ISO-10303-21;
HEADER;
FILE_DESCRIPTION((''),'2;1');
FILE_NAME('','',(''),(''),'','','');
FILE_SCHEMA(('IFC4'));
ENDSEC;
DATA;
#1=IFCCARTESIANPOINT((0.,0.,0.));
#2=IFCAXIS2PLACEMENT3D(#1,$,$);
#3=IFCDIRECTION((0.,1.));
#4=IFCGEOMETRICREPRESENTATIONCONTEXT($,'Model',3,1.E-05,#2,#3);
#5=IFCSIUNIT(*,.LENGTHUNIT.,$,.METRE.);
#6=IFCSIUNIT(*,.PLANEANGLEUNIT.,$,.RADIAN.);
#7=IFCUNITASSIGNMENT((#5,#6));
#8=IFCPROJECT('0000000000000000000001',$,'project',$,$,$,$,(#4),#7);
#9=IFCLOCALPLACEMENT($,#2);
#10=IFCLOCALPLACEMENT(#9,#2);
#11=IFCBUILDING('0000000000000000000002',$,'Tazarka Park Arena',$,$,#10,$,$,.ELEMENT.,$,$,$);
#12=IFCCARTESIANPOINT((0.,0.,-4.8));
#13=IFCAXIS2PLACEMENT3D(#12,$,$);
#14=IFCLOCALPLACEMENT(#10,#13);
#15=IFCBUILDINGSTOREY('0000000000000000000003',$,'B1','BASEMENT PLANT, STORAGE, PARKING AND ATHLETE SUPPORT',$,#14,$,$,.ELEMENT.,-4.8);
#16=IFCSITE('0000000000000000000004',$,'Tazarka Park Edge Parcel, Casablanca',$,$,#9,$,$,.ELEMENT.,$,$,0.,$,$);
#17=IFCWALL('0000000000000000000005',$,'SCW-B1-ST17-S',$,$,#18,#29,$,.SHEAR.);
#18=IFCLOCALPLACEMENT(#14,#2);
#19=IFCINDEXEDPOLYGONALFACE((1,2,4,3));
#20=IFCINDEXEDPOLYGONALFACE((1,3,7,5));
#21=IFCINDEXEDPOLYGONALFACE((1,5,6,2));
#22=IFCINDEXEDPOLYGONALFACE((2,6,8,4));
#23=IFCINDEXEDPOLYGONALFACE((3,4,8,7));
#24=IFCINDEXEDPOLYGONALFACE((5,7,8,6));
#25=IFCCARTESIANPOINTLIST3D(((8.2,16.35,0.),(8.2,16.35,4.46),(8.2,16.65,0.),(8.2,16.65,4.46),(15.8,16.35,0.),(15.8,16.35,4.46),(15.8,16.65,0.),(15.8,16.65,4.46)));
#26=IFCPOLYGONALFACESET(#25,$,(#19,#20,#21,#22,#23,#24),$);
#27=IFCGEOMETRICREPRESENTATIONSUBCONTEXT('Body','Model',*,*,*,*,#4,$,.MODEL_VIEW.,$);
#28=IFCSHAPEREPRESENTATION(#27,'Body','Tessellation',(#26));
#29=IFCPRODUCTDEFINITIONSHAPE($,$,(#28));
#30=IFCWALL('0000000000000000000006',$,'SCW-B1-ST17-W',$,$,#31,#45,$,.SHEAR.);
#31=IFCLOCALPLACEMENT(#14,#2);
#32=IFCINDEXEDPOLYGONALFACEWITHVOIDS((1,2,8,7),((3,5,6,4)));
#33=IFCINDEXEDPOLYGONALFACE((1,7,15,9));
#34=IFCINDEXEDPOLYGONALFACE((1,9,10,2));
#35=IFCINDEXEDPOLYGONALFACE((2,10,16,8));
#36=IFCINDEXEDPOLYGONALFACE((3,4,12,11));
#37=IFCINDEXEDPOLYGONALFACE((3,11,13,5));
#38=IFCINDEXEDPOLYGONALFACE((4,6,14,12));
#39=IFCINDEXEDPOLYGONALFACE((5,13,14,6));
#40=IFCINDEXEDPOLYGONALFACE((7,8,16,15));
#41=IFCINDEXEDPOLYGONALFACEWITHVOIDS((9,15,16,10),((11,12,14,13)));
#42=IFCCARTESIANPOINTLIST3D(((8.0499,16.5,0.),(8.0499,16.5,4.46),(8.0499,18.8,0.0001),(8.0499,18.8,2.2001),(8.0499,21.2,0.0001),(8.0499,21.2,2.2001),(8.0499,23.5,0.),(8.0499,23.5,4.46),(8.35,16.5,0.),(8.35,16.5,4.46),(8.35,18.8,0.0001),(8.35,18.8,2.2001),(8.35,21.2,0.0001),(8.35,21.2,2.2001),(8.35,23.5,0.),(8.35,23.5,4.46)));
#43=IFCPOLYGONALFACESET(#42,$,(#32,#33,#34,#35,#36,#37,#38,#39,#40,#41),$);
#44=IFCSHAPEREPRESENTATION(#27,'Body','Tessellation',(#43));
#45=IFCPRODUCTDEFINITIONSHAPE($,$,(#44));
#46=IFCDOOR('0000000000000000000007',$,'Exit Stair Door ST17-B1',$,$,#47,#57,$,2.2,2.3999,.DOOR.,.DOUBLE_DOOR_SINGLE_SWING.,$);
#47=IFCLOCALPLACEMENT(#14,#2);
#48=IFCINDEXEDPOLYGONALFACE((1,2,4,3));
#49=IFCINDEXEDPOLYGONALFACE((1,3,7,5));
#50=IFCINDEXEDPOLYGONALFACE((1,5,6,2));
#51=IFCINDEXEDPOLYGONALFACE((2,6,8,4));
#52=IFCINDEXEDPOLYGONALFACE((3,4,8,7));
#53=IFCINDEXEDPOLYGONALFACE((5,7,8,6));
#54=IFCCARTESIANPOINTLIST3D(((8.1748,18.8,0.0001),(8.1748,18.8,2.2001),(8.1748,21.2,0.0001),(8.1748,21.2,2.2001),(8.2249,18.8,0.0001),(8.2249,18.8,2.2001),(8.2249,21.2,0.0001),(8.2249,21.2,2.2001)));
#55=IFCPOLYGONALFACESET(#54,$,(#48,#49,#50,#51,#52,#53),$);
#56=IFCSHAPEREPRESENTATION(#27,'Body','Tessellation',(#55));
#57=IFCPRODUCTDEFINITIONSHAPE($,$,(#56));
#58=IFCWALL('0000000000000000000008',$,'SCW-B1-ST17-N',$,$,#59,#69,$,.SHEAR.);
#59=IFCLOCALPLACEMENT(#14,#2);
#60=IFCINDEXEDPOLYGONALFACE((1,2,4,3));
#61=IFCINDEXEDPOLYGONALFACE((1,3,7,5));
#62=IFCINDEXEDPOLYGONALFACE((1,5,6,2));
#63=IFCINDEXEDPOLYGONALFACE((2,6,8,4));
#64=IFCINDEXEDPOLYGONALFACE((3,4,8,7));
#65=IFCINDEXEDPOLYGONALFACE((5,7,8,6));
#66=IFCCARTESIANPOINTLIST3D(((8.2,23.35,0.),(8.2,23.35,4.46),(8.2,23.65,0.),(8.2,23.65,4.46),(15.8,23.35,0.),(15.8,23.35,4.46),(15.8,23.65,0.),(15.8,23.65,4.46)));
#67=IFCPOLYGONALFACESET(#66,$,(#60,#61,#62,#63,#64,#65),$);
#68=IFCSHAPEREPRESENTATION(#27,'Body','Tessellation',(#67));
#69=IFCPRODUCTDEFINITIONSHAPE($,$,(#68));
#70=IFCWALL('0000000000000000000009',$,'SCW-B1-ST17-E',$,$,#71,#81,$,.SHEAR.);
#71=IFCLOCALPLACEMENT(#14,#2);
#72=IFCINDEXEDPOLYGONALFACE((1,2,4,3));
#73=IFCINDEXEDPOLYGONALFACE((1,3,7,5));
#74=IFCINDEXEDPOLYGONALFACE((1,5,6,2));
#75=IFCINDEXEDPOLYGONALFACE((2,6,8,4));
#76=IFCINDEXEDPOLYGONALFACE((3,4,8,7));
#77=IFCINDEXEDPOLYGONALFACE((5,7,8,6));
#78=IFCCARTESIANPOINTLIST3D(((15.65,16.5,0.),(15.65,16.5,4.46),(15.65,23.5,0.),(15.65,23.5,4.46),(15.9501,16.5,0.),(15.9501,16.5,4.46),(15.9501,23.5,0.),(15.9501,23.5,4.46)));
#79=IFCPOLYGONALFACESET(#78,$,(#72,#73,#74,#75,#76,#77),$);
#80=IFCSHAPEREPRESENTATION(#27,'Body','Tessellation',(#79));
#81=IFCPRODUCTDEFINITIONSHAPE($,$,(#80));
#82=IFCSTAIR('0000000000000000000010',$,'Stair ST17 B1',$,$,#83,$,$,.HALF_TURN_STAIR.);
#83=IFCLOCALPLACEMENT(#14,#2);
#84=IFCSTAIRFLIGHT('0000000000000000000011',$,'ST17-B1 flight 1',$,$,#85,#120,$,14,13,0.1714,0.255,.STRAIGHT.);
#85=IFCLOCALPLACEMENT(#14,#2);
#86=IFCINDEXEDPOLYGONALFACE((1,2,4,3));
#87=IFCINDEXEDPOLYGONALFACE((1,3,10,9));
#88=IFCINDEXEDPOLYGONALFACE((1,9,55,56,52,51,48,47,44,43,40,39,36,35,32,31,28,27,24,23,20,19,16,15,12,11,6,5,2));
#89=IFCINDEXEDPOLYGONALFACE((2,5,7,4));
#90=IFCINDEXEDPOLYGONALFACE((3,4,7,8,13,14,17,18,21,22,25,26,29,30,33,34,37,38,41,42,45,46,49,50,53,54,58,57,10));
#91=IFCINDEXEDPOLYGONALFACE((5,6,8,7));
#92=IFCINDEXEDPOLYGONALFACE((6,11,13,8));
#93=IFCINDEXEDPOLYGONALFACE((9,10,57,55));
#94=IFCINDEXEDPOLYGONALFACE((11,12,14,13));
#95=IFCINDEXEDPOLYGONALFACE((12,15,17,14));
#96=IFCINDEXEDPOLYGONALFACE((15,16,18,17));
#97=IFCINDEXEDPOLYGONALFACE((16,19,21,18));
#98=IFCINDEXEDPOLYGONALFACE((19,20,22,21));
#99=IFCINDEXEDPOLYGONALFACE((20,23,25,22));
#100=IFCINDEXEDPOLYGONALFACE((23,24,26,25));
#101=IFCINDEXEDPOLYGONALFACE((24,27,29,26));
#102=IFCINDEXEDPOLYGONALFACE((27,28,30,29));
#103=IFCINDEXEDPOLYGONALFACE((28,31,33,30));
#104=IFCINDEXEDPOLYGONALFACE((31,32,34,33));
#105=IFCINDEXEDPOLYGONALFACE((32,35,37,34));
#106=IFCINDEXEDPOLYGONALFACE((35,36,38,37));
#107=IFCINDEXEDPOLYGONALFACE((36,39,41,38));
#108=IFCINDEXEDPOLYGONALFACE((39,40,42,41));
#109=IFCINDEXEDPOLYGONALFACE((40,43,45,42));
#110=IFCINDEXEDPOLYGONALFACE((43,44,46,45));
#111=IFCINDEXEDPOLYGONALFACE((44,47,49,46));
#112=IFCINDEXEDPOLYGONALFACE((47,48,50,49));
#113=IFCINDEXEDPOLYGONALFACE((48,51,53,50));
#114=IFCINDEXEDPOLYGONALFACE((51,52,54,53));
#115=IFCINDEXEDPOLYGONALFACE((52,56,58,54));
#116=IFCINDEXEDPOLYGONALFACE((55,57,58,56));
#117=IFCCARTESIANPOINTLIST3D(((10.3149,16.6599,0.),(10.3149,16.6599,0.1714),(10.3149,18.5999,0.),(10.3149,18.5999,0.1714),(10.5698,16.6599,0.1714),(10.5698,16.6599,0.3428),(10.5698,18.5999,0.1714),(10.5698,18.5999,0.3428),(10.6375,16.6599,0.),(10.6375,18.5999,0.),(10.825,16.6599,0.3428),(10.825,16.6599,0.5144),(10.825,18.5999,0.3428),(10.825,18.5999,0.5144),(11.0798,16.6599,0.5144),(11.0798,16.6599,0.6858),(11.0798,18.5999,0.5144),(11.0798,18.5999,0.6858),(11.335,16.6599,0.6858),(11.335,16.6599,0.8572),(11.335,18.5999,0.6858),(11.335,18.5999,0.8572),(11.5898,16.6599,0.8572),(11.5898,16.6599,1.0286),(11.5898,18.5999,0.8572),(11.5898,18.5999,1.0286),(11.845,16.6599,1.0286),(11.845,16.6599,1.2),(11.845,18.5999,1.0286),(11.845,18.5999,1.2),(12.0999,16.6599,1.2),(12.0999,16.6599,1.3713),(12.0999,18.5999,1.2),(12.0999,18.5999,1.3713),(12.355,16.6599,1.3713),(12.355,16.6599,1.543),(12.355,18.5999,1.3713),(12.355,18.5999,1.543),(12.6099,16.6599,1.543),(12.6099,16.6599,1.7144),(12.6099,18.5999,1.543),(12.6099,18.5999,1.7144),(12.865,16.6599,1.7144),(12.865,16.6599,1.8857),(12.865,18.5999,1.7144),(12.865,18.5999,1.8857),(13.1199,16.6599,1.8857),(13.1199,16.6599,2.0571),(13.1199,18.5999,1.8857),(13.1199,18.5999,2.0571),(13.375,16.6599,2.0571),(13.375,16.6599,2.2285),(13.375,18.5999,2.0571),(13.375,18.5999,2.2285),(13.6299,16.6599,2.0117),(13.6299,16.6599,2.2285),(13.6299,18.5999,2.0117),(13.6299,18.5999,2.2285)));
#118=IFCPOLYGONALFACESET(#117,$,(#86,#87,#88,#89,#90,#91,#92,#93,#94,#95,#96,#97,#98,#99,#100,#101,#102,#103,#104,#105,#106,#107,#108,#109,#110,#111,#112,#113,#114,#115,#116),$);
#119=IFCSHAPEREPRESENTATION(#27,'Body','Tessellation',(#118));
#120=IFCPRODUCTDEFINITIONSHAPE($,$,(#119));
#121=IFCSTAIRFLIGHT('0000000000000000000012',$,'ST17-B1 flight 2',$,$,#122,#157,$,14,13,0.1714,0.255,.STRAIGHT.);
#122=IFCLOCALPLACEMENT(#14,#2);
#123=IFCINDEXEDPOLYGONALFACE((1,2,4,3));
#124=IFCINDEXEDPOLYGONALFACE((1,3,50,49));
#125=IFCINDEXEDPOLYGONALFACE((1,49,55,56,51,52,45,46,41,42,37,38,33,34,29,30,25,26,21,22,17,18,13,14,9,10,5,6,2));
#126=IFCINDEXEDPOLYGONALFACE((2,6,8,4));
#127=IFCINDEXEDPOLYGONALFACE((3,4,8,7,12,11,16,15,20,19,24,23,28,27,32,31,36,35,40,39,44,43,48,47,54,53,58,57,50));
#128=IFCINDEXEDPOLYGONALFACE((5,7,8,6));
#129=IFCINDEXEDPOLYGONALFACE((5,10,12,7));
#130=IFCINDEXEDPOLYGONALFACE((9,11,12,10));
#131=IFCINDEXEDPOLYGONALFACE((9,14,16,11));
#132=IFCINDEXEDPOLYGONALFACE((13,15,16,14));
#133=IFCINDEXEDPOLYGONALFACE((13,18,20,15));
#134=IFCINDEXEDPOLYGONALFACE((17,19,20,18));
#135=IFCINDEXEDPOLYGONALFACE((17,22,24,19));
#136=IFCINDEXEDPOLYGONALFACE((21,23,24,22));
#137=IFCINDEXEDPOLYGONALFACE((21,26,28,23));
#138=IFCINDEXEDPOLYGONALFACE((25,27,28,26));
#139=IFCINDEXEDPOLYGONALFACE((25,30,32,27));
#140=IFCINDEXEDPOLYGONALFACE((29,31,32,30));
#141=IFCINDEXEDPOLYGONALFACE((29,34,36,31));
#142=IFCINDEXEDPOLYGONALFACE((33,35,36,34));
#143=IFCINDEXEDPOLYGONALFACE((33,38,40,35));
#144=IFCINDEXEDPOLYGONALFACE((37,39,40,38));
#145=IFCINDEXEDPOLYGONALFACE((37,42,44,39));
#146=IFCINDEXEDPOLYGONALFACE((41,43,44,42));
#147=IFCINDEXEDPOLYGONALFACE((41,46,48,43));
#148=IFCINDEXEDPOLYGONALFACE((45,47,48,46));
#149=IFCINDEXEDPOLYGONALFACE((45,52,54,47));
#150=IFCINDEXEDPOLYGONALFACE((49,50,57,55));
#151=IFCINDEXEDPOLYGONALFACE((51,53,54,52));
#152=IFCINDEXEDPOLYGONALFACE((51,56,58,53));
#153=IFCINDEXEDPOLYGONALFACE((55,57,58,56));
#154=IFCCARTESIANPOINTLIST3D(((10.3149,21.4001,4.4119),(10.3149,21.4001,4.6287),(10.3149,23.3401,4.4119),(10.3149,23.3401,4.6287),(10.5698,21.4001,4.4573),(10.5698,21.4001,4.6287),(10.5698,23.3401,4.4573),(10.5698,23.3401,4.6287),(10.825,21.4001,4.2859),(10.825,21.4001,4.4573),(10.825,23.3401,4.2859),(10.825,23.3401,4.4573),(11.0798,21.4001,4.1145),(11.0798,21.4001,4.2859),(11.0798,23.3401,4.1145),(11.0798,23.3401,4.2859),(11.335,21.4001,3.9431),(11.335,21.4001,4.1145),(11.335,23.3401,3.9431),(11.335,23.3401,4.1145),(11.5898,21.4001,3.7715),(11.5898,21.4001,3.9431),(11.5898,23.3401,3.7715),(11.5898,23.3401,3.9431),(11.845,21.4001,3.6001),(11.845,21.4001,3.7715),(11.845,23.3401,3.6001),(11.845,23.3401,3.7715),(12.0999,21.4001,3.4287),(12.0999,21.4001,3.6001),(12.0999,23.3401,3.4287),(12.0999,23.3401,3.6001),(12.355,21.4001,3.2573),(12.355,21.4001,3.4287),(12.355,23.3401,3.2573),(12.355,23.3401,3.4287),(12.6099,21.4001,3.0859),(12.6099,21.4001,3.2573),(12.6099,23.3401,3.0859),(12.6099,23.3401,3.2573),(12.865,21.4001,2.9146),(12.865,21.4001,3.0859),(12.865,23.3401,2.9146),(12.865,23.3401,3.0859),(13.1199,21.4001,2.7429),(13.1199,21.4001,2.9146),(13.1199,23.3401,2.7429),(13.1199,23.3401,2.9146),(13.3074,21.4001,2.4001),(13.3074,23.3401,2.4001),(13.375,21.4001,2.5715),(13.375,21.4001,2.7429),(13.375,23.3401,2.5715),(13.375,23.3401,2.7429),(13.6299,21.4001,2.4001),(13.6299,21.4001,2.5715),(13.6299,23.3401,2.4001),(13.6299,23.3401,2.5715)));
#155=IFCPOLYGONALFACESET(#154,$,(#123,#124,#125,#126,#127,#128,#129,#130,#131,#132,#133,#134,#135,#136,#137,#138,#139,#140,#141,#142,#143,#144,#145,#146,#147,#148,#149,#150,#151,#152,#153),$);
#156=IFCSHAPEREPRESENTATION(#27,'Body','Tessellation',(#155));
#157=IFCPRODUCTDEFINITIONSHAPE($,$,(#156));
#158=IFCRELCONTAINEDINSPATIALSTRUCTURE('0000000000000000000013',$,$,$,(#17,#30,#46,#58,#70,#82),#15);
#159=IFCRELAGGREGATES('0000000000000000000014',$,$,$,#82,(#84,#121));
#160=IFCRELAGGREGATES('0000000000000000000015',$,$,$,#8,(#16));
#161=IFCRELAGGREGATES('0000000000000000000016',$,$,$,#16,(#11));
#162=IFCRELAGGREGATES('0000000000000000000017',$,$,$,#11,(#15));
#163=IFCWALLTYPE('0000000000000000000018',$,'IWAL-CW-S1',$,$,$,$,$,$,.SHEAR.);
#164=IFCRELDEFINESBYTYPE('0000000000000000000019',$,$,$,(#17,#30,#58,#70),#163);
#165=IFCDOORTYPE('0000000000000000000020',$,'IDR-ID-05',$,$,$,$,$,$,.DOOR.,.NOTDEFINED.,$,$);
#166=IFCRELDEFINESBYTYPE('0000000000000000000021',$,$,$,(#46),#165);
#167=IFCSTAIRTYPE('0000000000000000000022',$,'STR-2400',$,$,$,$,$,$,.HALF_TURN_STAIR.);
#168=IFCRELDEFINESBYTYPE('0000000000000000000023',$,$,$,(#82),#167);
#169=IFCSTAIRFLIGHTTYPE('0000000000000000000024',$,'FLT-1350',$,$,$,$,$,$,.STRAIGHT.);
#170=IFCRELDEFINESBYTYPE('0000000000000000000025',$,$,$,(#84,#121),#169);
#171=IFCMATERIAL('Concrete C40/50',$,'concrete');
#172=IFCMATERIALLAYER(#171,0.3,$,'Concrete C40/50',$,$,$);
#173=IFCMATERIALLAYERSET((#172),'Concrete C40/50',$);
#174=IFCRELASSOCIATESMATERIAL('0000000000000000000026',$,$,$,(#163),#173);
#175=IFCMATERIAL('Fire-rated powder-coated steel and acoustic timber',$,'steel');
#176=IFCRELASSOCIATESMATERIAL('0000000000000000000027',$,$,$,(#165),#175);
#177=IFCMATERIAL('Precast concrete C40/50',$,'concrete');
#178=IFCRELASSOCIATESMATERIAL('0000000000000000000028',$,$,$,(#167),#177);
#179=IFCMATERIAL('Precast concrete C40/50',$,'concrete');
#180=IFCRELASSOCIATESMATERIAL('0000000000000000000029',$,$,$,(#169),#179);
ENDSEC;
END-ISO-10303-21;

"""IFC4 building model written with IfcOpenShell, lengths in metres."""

from ifc_helpers import new_model, si_unit, direction, frame, frame_2d, origin, place, context, subcontext, project, spatial, polyline, rectangle, outline, extrude, material, layer, layer_set, type_object, element, fill, aggregate, save


model = new_model("IFC4")

# Units and contexts
model_context = context("Model", 3, precision=1e-05, world=origin(), true_north=direction((0.0, 1.0)))
body_context = subcontext(model_context, "Body", "Model", "MODEL_VIEW")
ifc_project = project(units=[si_unit("LENGTHUNIT", "METRE"), si_unit("PLANEANGLEUNIT", "RADIAN")], contexts=[model_context])

# Site, building, storey
site_placement = place(None, origin())
site = spatial("IfcSite", under=ifc_project, at=site_placement, Name="Tazarka Park Edge Parcel, Casablanca", CompositionType="ELEMENT", RefElevation=0.0)
building_placement = place(site_placement, origin())
building = spatial("IfcBuilding", under=site, at=building_placement, Name="Tazarka Park Arena", CompositionType="ELEMENT")
storey_placement = place(building_placement, frame((0.0, 0.0, -4.8)))
storey = spatial("IfcBuildingStorey", under=building, at=storey_placement, Name="B1", Description="BASEMENT PLANT, STORAGE, PARKING AND ATHLETE SUPPORT", CompositionType="ELEMENT", Elevation=-4.8)

# Wall
ifc_material_1 = material(Name="Concrete C40/50", Category="concrete")
ifc_layer = layer(ifc_material_1, 0.3, Name="Concrete C40/50")
ifc_layer_set = layer_set([ifc_layer], Name="Concrete C40/50")
wall_type = type_object("IfcWallType", Name="IWAL-CW-S1", PredefinedType="SHEAR", material=ifc_layer_set)
wall_1_placement = place(storey_placement, frame((15.8, 16.5, 0.0), z_axis=(0.0, 0.0, 1.0), x_axis=(-1.0, 0.0, 0.0)))
element("IfcWall", 1, at=wall_1_placement, inside=storey, type_object=wall_type, Name="SCW-B1-ST17-S", PredefinedType="SHEAR", context=body_context, shape_type="SweptSolid", body=[
    extrude(rectangle(XDim=7.6001, YDim=0.3, at=frame_2d((3.8, 0.0))), origin(), (0.0, 0.0, 1.0), 4.46),
])

# Wall, opening, door
wall_2_placement = place(storey_placement, frame((8.2, 16.5, 0.0), z_axis=(0.0, 0.0, 1.0), x_axis=(0.0, 1.0, 0.0)))
wall_2 = element("IfcWall", 2, at=wall_2_placement, inside=storey, type_object=wall_type, Name="SCW-B1-ST17-W", PredefinedType="SHEAR", context=body_context, shape_type="SweptSolid", body=[
    extrude(rectangle(XDim=7.0, YDim=0.3, at=frame_2d((3.5, 0.0))), origin(), (0.0, 0.0, 1.0), 4.46),
])
opening_placement = place(wall_2_placement, frame((2.3, 0.0, 0.0)))
opening = element("IfcOpeningElement", 3, at=opening_placement, cuts=wall_2, PredefinedType="OPENING", context=body_context, shape_type="SweptSolid", body=[
    extrude(rectangle(XDim=2.3999, YDim=2.2, at=frame_2d((1.2, 1.1001))), frame((0.0, 0.1602, 0.0), z_axis=(0.0, -1.0, 0.0), x_axis=(1.0, 0.0, 0.0)), (0.0, 0.0, 1.0), 0.3201),
])
ifc_material_2 = material(Name="Fire-rated powder-coated steel and acoustic timber", Category="steel")
door_type = type_object("IfcDoorType", Name="IDR-ID-05", OperationType="NOTDEFINED", PredefinedType="DOOR", material=ifc_material_2)
door_placement = place(opening_placement, frame((2.3999, 0.0, 0.0), z_axis=(0.0, 0.0, 1.0), x_axis=(-1.0, 0.0, 0.0)))
door = element("IfcDoor", 4, at=door_placement, inside=storey, type_object=door_type, Name="Exit Stair Door ST17-B1", OperationType="DOUBLE_DOOR_SINGLE_SWING", OverallHeight=2.2, OverallWidth=2.3999, PredefinedType="DOOR", context=body_context, shape_type="SweptSolid", body=[
    extrude(rectangle(XDim=2.3999, YDim=2.2, at=frame_2d((1.2, 1.1001))), frame((0.0, 0.0249, 0.0), z_axis=(0.0, -1.0, 0.0), x_axis=(1.0, 0.0, 0.0)), (0.0, 0.0, 1.0), 0.05),
])
fill(opening, door)

# Walls
wall_3_placement = place(storey_placement, frame((8.2, 23.5, 0.0), z_axis=(0.0, 0.0, 1.0), x_axis=(1.0, 0.0, 0.0)))
element("IfcWall", 5, at=wall_3_placement, inside=storey, type_object=wall_type, Name="SCW-B1-ST17-N", PredefinedType="SHEAR", context=body_context, shape_type="SweptSolid", body=[
    extrude(rectangle(XDim=7.6001, YDim=0.3, at=frame_2d((3.8, 0.0))), origin(), (0.0, 0.0, 1.0), 4.46),
])
wall_4_placement = place(storey_placement, frame((15.8, 23.5, 0.0), z_axis=(0.0, 0.0, 1.0), x_axis=(0.0, -1.0, 0.0)))
element("IfcWall", 6, at=wall_4_placement, inside=storey, type_object=wall_type, Name="SCW-B1-ST17-E", PredefinedType="SHEAR", context=body_context, shape_type="SweptSolid", body=[
    extrude(rectangle(XDim=7.0, YDim=0.3, at=frame_2d((3.5, 0.0))), origin(), (0.0, 0.0, 1.0), 4.46),
])

# Stair, stair flights
ifc_material_3 = material(Name="Precast concrete C40/50", Category="concrete")
stair_type = type_object("IfcStairType", Name="STR-2400", PredefinedType="HALF_TURN_STAIR", material=ifc_material_3)
stair_placement = place(storey_placement, origin())
stair = element("IfcStair", 7, at=stair_placement, inside=storey, type_object=stair_type, Name="Stair ST17 B1", PredefinedType="HALF_TURN_STAIR")
ifc_material_4 = material(Name="Precast concrete C40/50", Category="concrete")
stair_flight_type = type_object("IfcStairFlightType", Name="FLT-1350", PredefinedType="STRAIGHT", material=ifc_material_4)
stair_flight_1_placement = place(storey_placement, frame((10.3149, 17.6299, 0.0), z_axis=(0.0, 0.0, 1.0), x_axis=(1.0, 0.0, 0.0)))
stair_flight_1 = element("IfcStairFlight", 8, at=stair_flight_1_placement, type_object=stair_flight_type, Name="ST17-B1 flight 1", NumberOfRisers=14, NumberOfTreads=13, PredefinedType="STRAIGHT", RiserHeight=0.1714, TreadLength=0.255, context=body_context, shape_type="SweptSolid", body=[
    extrude(outline(polyline([(0.0, 0.0), (0.0, 0.1714), (0.2549, 0.1714), (0.2549, 0.3428), (0.51, 0.3428), (0.51, 0.5144), (0.7649, 0.5144), (0.7649, 0.6858), (1.02, 0.6858), (1.02, 0.8572), (1.2749, 0.8572), (1.2749, 1.0286), (1.53, 1.0286), (1.53, 1.2), (1.7849, 1.2), (1.7849, 1.3713), (2.04, 1.3713), (2.04, 1.543), (2.2949, 1.543), (2.2949, 1.7144), (2.55, 1.7144), (2.55, 1.8857), (2.8049, 1.8857), (2.8049, 2.0571), (3.0601, 2.0571), (3.0601, 2.2285), (3.3149, 2.2285), (3.3149, 2.3999), (3.3149, 2.0117), (0.3225, 0.0), (0.0, 0.0)])), frame((0.0, 0.97, 0.0), z_axis=(0.0, -1.0, 0.0), x_axis=(1.0, 0.0, 0.0)), (0.0, 0.0, 1.0), 1.9399),
])
stair_flight_2_placement = place(storey_placement, frame((13.6299, 22.3701, 2.4001), z_axis=(0.0, 0.0, 1.0), x_axis=(-1.0, 0.0, 0.0)))
stair_flight_2 = element("IfcStairFlight", 9, at=stair_flight_2_placement, type_object=stair_flight_type, Name="ST17-B1 flight 2", NumberOfRisers=14, NumberOfTreads=13, PredefinedType="STRAIGHT", RiserHeight=0.1714, TreadLength=0.255, context=body_context, shape_type="SweptSolid", body=[
    extrude(outline(polyline([(0.0, 0.0), (0.0, 0.1714), (0.2549, 0.1714), (0.2549, 0.3428), (0.51, 0.3428), (0.51, 0.5144), (0.7649, 0.5144), (0.7649, 0.6858), (1.02, 0.6858), (1.02, 0.8572), (1.2749, 0.8572), (1.2749, 1.0286), (1.53, 1.0286), (1.53, 1.2), (1.7849, 1.2), (1.7849, 1.3713), (2.04, 1.3713), (2.04, 1.543), (2.2949, 1.543), (2.2949, 1.7144), (2.55, 1.7144), (2.55, 1.8857), (2.8049, 1.8857), (2.8049, 2.0571), (3.0601, 2.0571), (3.0601, 2.2285), (3.3149, 2.2285), (3.3149, 2.3999), (3.3149, 2.0117), (0.3225, 0.0), (0.0, 0.0)])), frame((0.0, 0.97, 0.0), z_axis=(0.0, -1.0, 0.0), x_axis=(1.0, 0.0, 0.0)), (0.0, 0.0, 1.0), 1.9399),
])
aggregate(stair, [stair_flight_1, stair_flight_2])

save(model, "model.ifc")
